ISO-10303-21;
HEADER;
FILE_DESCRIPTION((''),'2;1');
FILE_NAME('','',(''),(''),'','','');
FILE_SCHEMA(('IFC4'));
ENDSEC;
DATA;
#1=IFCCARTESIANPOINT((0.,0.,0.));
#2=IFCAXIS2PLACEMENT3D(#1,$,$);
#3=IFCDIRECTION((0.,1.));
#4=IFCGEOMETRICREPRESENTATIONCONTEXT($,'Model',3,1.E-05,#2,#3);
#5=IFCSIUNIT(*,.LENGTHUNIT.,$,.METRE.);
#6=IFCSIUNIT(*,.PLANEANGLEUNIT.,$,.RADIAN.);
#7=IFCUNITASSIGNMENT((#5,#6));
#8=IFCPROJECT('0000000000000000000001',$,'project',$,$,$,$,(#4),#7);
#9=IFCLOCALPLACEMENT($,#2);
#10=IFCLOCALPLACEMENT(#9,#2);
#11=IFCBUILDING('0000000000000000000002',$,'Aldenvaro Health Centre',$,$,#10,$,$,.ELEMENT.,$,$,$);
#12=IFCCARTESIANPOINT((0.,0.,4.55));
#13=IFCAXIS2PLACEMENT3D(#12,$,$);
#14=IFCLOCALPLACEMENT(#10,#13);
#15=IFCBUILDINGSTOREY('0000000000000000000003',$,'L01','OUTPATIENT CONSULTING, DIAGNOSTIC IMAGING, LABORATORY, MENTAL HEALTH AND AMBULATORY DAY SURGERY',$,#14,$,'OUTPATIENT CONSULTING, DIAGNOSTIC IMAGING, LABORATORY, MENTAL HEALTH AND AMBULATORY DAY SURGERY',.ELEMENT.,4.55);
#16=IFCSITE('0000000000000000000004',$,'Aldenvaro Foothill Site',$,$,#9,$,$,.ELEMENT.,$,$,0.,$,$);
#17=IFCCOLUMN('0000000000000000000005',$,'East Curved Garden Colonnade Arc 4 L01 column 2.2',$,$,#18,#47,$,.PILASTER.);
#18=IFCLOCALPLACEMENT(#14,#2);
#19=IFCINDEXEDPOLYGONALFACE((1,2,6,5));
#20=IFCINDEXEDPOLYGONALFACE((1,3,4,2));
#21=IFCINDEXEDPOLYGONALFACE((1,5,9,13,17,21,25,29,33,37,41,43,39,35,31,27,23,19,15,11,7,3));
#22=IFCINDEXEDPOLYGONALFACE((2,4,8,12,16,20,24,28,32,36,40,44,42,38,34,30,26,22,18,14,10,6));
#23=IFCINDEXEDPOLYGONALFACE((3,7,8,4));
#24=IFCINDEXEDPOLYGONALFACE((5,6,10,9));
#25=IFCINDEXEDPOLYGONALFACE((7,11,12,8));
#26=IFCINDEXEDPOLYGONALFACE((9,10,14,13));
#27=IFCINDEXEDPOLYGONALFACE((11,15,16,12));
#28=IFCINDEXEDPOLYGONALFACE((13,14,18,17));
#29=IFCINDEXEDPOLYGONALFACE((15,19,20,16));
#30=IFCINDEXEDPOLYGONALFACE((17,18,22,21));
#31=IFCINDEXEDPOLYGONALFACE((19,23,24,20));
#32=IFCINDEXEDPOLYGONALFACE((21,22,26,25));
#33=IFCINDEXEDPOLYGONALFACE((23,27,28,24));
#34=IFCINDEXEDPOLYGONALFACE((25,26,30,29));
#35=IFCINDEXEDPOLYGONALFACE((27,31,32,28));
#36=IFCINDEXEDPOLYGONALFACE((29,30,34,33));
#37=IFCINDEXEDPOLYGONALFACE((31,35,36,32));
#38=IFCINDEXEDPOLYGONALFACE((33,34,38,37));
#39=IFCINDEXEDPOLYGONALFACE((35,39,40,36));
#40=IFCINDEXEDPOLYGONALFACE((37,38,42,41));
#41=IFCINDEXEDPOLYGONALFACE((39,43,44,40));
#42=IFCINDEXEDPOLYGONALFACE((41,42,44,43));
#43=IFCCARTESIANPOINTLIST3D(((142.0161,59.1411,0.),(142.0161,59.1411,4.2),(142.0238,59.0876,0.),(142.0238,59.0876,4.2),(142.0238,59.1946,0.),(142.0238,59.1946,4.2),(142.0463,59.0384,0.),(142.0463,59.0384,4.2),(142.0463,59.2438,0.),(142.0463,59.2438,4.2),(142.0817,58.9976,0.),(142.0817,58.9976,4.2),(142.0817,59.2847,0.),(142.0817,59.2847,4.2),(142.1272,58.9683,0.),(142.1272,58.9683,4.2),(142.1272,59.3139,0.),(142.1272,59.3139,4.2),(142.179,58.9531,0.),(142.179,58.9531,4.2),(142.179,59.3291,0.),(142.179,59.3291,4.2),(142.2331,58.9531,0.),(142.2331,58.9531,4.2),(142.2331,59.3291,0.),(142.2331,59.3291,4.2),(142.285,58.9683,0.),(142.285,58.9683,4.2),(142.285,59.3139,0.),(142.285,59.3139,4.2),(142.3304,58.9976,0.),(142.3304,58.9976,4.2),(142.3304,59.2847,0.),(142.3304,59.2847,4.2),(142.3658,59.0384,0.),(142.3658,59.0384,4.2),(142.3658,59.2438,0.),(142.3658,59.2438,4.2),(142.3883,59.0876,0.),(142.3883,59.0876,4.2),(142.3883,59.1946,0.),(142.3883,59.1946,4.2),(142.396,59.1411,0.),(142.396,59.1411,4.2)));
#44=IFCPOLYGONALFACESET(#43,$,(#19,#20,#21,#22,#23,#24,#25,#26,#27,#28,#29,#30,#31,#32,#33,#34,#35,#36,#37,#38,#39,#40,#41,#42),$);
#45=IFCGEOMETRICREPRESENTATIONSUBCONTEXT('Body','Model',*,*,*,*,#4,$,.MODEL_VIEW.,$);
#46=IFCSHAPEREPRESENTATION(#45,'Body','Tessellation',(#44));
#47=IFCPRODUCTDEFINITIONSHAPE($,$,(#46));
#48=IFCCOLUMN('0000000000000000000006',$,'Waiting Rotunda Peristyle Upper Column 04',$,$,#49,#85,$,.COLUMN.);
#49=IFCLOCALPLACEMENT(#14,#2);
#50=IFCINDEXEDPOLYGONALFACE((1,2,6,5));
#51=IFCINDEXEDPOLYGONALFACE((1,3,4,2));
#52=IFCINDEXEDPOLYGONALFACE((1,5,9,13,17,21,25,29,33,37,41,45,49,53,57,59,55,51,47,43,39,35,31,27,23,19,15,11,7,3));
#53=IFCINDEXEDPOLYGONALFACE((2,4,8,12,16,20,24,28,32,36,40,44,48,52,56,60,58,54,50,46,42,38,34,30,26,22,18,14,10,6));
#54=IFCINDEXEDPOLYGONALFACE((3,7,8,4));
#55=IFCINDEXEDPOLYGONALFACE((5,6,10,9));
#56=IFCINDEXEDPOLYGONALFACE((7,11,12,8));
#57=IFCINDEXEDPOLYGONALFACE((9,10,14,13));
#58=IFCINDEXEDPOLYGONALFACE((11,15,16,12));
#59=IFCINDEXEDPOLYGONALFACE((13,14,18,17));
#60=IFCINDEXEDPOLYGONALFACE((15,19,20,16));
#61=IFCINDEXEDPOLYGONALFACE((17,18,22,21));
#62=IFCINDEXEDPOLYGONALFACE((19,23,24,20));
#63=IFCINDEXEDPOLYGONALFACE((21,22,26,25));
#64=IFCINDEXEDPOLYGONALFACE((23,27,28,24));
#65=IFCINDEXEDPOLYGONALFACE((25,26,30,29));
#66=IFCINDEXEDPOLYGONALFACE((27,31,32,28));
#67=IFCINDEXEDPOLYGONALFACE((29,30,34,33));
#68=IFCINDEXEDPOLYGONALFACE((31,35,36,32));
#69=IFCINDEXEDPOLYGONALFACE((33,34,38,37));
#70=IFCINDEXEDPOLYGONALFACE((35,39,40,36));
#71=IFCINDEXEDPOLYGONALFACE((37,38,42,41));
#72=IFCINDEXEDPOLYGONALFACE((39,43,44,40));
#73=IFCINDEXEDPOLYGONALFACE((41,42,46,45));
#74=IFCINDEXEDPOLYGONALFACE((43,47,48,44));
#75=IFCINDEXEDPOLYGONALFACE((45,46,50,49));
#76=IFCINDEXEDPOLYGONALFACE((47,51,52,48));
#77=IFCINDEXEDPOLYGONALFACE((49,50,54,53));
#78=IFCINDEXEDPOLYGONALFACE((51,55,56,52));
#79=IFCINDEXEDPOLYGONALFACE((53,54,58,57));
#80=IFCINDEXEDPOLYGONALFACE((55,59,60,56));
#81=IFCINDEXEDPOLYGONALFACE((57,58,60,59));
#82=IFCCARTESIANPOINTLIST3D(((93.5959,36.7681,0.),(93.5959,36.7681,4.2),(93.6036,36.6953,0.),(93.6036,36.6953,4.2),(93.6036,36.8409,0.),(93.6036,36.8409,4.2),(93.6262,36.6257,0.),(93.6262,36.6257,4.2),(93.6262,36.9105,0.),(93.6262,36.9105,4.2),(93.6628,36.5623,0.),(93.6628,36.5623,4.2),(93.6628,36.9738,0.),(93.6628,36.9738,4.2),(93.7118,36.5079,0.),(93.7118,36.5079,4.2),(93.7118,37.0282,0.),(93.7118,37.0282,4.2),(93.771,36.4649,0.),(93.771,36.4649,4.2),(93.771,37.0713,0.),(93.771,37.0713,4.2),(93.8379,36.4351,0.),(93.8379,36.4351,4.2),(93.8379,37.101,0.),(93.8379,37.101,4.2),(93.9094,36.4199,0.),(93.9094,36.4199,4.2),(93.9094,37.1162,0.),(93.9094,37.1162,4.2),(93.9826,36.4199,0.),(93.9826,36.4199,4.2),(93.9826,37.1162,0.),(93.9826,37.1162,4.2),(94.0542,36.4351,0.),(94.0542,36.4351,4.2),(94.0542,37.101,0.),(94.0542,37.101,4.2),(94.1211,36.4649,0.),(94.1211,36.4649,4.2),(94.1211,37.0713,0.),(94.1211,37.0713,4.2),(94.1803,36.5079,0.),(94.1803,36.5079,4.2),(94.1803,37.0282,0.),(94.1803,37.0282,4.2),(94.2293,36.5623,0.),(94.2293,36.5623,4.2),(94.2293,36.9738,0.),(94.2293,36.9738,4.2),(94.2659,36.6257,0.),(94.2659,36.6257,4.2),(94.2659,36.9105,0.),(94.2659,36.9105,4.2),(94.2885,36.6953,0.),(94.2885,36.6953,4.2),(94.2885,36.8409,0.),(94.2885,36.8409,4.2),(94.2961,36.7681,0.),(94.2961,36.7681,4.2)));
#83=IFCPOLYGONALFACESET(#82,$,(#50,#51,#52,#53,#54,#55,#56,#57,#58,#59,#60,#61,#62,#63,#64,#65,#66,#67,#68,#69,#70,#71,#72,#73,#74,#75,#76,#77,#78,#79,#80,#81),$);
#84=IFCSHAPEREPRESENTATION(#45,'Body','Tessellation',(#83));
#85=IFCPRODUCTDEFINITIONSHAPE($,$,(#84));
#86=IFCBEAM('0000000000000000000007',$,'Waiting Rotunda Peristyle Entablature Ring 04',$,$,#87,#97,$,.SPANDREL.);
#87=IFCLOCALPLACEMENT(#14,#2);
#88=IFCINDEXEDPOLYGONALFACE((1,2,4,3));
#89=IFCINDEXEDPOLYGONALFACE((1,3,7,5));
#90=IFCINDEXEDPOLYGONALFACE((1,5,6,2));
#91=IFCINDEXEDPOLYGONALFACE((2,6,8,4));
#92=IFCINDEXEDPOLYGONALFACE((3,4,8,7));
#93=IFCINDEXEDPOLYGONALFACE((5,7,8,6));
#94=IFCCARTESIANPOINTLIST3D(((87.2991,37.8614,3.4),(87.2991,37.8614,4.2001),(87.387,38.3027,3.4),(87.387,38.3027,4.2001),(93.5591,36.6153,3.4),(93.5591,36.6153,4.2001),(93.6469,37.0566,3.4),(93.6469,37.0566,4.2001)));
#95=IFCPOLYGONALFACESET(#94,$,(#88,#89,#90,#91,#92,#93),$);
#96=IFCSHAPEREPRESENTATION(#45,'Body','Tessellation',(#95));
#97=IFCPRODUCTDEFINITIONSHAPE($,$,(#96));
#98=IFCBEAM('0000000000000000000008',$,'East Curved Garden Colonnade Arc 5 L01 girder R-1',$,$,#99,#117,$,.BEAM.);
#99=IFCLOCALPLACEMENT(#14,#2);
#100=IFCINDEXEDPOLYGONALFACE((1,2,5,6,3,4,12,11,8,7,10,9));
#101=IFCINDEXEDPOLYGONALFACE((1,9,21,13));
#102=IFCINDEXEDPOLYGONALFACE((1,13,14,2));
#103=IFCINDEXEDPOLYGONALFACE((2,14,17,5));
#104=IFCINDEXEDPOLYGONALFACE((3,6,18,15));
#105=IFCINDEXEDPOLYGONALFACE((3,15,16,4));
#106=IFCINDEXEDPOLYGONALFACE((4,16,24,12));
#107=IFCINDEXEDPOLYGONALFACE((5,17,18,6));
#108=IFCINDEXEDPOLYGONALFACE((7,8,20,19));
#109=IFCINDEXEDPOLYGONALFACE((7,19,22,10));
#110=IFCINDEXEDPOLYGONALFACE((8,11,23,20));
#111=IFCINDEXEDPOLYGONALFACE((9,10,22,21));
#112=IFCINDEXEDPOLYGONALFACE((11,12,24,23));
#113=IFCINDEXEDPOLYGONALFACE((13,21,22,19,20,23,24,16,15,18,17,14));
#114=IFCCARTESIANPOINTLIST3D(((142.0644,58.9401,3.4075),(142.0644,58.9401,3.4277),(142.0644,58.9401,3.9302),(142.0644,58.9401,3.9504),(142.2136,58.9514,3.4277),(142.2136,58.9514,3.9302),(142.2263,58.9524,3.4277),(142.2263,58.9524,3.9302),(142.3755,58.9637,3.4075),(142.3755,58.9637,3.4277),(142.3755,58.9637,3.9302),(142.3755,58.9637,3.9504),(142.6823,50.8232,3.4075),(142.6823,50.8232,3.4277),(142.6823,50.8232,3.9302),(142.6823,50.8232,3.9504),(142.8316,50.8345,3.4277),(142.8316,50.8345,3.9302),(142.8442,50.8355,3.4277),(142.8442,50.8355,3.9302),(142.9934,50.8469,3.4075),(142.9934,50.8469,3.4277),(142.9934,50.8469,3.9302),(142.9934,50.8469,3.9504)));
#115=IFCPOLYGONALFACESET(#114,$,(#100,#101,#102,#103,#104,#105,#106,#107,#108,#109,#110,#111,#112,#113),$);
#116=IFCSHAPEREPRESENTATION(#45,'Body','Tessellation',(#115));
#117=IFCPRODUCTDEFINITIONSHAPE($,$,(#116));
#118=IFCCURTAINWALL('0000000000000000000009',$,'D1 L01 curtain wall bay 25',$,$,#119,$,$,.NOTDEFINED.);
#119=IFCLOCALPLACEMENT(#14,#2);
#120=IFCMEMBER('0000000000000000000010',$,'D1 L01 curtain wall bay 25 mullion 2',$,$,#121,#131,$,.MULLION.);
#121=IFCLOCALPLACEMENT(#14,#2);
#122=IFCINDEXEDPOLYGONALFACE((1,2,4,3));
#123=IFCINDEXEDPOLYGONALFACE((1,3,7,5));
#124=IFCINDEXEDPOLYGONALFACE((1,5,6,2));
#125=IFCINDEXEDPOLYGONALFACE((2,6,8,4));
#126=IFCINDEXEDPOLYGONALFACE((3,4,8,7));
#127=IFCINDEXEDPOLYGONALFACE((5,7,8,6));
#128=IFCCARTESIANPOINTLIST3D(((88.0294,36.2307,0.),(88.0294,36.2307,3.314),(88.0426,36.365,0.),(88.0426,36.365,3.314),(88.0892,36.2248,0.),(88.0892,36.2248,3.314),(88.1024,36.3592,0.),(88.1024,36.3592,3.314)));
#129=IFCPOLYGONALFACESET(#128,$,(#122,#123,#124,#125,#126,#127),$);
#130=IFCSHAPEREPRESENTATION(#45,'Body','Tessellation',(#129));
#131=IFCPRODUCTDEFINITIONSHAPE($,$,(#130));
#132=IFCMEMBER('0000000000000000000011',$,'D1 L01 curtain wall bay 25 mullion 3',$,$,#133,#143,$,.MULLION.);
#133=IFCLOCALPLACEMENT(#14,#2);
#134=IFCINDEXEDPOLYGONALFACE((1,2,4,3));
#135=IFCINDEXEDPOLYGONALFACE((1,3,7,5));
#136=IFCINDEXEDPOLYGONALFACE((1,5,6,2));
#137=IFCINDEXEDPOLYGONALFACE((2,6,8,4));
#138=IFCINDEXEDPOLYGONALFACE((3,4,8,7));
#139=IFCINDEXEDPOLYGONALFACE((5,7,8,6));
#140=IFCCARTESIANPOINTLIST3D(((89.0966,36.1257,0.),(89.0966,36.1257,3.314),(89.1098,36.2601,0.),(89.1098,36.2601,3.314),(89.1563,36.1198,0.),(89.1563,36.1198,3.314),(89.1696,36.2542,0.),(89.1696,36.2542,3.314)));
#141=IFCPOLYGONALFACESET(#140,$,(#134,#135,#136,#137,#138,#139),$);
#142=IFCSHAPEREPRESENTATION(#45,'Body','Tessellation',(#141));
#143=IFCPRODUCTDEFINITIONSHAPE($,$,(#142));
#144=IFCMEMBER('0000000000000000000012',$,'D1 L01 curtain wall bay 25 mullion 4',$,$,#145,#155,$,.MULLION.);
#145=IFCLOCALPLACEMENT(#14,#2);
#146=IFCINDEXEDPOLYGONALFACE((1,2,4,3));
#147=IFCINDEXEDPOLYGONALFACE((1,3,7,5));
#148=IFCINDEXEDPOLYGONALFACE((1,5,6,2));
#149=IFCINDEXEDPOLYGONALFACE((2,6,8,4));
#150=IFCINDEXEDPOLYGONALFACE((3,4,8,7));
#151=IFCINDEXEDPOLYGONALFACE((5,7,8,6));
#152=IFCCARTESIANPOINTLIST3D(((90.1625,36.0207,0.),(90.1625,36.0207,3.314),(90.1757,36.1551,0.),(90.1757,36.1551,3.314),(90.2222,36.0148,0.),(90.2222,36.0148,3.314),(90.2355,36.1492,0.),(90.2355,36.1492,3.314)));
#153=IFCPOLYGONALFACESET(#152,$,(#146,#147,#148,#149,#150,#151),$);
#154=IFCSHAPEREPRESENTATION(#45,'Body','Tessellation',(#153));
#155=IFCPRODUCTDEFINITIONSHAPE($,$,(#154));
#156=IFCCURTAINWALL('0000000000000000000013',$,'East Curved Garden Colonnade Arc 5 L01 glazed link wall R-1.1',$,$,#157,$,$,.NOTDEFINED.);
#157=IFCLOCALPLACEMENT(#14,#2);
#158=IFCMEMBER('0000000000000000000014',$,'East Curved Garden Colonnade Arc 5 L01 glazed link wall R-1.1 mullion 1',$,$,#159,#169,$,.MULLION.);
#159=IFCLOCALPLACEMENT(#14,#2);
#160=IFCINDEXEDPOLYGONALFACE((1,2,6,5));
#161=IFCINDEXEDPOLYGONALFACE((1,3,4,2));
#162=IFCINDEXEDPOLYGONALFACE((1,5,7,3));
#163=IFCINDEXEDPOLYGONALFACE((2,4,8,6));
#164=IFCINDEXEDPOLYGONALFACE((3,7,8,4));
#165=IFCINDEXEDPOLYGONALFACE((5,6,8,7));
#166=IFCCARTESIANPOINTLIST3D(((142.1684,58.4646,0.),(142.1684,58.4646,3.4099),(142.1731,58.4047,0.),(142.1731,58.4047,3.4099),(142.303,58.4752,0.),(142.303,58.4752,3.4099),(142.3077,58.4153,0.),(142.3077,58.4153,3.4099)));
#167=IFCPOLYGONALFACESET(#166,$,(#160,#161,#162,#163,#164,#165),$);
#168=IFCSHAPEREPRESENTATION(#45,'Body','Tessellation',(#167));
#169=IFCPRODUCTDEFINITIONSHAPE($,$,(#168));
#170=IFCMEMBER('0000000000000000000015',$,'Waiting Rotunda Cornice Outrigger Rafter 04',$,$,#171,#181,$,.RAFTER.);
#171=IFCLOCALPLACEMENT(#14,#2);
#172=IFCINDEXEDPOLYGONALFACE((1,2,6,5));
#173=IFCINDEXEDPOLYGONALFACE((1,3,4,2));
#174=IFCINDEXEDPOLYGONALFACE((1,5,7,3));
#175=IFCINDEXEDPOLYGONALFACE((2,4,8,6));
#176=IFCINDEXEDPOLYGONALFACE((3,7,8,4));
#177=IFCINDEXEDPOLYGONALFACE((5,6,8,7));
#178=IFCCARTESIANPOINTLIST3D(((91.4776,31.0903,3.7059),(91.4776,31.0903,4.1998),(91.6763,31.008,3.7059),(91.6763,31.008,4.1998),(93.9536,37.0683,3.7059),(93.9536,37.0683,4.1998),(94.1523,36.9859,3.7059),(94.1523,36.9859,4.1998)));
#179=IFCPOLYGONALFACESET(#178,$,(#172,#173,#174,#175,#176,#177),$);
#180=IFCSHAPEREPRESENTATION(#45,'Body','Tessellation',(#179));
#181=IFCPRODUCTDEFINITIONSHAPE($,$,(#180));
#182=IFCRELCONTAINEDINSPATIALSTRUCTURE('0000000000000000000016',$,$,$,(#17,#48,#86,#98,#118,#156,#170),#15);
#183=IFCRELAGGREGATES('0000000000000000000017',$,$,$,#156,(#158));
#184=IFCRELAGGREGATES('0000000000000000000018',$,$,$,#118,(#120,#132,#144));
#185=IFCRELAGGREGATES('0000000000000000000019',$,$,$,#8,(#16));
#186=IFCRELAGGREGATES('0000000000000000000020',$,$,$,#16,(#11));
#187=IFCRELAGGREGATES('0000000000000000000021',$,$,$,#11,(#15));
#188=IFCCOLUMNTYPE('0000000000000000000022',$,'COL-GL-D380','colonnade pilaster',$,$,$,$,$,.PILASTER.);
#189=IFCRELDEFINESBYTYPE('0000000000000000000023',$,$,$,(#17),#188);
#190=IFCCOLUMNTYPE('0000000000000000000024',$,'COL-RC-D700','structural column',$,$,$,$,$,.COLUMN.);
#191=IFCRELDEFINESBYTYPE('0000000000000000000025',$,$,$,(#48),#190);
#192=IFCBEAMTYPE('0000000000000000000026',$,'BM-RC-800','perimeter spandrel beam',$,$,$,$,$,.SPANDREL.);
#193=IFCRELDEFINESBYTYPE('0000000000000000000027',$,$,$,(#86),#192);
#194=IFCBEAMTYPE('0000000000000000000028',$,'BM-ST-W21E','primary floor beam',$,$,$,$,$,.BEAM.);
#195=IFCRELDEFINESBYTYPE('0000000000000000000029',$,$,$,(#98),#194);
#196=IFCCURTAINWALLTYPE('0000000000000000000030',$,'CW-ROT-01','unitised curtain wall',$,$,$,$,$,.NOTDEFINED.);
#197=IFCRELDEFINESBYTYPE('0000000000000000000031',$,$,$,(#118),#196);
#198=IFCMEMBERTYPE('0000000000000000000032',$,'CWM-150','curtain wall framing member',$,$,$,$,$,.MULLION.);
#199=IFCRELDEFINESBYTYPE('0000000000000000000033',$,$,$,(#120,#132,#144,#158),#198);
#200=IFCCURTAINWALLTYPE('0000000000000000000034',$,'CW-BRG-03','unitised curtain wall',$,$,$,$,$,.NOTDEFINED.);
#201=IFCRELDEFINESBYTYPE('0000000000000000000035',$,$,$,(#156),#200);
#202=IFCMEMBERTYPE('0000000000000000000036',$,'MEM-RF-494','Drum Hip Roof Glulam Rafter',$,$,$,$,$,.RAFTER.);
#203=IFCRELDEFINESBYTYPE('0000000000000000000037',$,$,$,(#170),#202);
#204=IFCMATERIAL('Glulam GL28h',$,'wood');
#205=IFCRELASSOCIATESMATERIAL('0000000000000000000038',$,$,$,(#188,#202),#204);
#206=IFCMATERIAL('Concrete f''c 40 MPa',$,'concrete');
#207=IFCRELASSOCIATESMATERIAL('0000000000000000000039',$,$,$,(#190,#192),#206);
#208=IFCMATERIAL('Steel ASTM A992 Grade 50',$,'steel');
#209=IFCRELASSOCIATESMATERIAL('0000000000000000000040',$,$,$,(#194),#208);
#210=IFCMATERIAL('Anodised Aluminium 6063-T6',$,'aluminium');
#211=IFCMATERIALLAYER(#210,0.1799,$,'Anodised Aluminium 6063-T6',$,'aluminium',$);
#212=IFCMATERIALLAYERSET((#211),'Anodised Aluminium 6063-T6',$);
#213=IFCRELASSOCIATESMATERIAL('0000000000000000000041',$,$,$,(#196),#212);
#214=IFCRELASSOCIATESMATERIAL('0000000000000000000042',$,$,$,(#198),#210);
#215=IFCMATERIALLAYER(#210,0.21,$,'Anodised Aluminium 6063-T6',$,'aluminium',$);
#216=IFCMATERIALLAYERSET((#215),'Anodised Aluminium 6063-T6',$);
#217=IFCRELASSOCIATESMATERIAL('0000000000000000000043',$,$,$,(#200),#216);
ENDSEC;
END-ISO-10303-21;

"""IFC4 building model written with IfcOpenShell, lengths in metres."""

from ifc_helpers import new_model, si_unit, direction, frame, origin, origin_2d, place, context, subcontext, project, spatial, rectangle, circle, i_section, extrude, material, layer, layer_set, material_profile, profile_set, type_object, element, aggregate, save


model = new_model("IFC4")

# Units and contexts
model_context = context("Model", 3, precision=1e-05, world=origin(), true_north=direction((0.0, 1.0)))
body_context = subcontext(model_context, "Body", "Model", "MODEL_VIEW")
ifc_project = project(units=[si_unit("LENGTHUNIT", "METRE"), si_unit("PLANEANGLEUNIT", "RADIAN")], contexts=[model_context])

# Site, building, storey
site_placement = place(None, origin())
site = spatial("IfcSite", under=ifc_project, at=site_placement, Name="Aldenvaro Foothill Site", CompositionType="ELEMENT", RefElevation=0.0)
building_placement = place(site_placement, origin())
building = spatial("IfcBuilding", under=site, at=building_placement, Name="Aldenvaro Health Centre", CompositionType="ELEMENT")
storey_placement = place(building_placement, frame((0.0, 0.0, 4.55)))
storey = spatial("IfcBuildingStorey", under=building, at=storey_placement, Name="L01", Description="OUTPATIENT CONSULTING, DIAGNOSTIC IMAGING, LABORATORY, MENTAL HEALTH AND AMBULATORY DAY SURGERY", LongName="OUTPATIENT CONSULTING, DIAGNOSTIC IMAGING, LABORATORY, MENTAL HEALTH AND AMBULATORY DAY SURGERY", CompositionType="ELEMENT", Elevation=4.55)

# Columns
ifc_material_1 = material(Name="Glulam GL28h", Category="wood")
ifc_material_profile_1 = material_profile(ifc_material_1, circle(Radius=0.1899, at=origin_2d()), Name="GL D380", Category="wood")
ifc_profile_set_1 = profile_set([ifc_material_profile_1], Name="Glulam GL28h")
column_type_1 = type_object("IfcColumnType", Name="COL-GL-D380", Description="colonnade pilaster", PredefinedType="PILASTER", material=ifc_profile_set_1)
column_1_placement = place(storey_placement, frame((142.2061, 59.1411, 0.0), z_axis=(0.0, 0.0, 1.0), x_axis=(1.0, 0.0, 0.0)))
element("IfcColumn", 1, at=column_1_placement, inside=storey, type_object=column_type_1, Name="East Curved Garden Colonnade Arc 4 L01 column 2.2", PredefinedType="PILASTER", context=body_context, shape_type="SweptSolid", body=[
    extrude(circle(Radius=0.1899, at=origin_2d()), origin(), (0.0, 0.0, 1.0), 4.2),
])
ifc_material_2 = material(Name="Concrete f'c 40 MPa", Category="concrete")
ifc_material_profile_2 = material_profile(ifc_material_2, circle(Radius=0.3501, at=origin_2d()), Name="RC D700", Category="concrete")
ifc_profile_set_2 = profile_set([ifc_material_profile_2], Name="Concrete f'c 40 MPa")
column_type_2 = type_object("IfcColumnType", Name="COL-RC-D700", Description="structural column", PredefinedType="COLUMN", material=ifc_profile_set_2)
column_2_placement = place(storey_placement, frame((93.946, 36.7681, 0.0), z_axis=(0.0, 0.0, 1.0), x_axis=(1.0, 0.0, 0.0)))
element("IfcColumn", 2, at=column_2_placement, inside=storey, type_object=column_type_2, Name="Waiting Rotunda Peristyle Upper Column 04", PredefinedType="COLUMN", context=body_context, shape_type="SweptSolid", body=[
    extrude(circle(Radius=0.3501, at=origin_2d()), origin(), (0.0, 0.0, 1.0), 4.2),
])

# Beams
ifc_material_profile_3 = material_profile(ifc_material_2, rectangle(XDim=0.45, YDim=0.8, at=origin_2d()), Name="RC 450x800", Category="concrete")
ifc_profile_set_3 = profile_set([ifc_material_profile_3], Name="Concrete f'c 40 MPa")
beam_type_1 = type_object("IfcBeamType", Name="BM-RC-800", Description="perimeter spandrel beam", PredefinedType="SPANDREL", material=ifc_profile_set_3)
beam_1_placement = place(storey_placement, frame((93.603, 36.8359, 3.8), z_axis=(-0.980758, 0.195226, 0.0), x_axis=(-0.195226, -0.980758, 0.0)))
element("IfcBeam", 3, at=beam_1_placement, inside=storey, type_object=beam_type_1, Name="Waiting Rotunda Peristyle Entablature Ring 04", PredefinedType="SPANDREL", context=body_context, shape_type="SweptSolid", body=[
    extrude(rectangle(XDim=0.45, YDim=0.8, at=origin_2d()), origin(), (0.0, 0.0, 1.0), 6.3828),
])
ifc_material_3 = material(Name="Steel ASTM A992 Grade 50", Category="steel")
ifc_material_profile_4 = material_profile(ifc_material_3, i_section(OverallWidth=0.312, OverallDepth=0.543, WebThickness=0.0127, FlangeThickness=0.0203, at=origin_2d()), Name="W21X101", Category="steel")
ifc_profile_set_4 = profile_set([ifc_material_profile_4], Name="Steel ASTM A992 Grade 50")
beam_type_2 = type_object("IfcBeamType", Name="BM-ST-W21E", Description="primary floor beam", PredefinedType="BEAM", material=ifc_profile_set_4)
beam_2_placement = place(storey_placement, frame((142.22, 58.9519, 3.679), z_axis=(0.075908, -0.997115, 0.0), x_axis=(0.997115, 0.075908, 0.0)))
element("IfcBeam", 4, at=beam_2_placement, inside=storey, type_object=beam_type_2, Name="East Curved Garden Colonnade Arc 5 L01 girder R-1", PredefinedType="BEAM", context=body_context, shape_type="SweptSolid", body=[
    extrude(i_section(OverallWidth=0.312, OverallDepth=0.543, WebThickness=0.0127, FlangeThickness=0.0203, at=origin_2d()), origin(), (0.0, 0.0, 1.0), 8.1404),
])

# Curtain wall, members
ifc_material_4 = material(Name="Anodised Aluminium 6063-T6", Category="aluminium")
ifc_layer_1 = layer(ifc_material_4, 0.1799, Name="Anodised Aluminium 6063-T6", Category="aluminium")
ifc_layer_set_1 = layer_set([ifc_layer_1], Name="Anodised Aluminium 6063-T6")
curtain_wall_type_1 = type_object("IfcCurtainWallType", Name="CW-ROT-01", Description="unitised curtain wall", PredefinedType="NOTDEFINED", material=ifc_layer_set_1)
curtain_wall_1_placement = place(storey_placement, origin())
curtain_wall_1 = element("IfcCurtainWall", 5, at=curtain_wall_1_placement, inside=storey, type_object=curtain_wall_type_1, Name="D1 L01 curtain wall bay 25", PredefinedType="NOTDEFINED")
ifc_material_profile_5 = material_profile(ifc_material_4, rectangle(XDim=0.0601, YDim=0.135, at=origin_2d()), Name="ALU 60x135", Category="aluminium")
ifc_profile_set_5 = profile_set([ifc_material_profile_5], Name="Anodised Aluminium 6063-T6")
member_type_1 = type_object("IfcMemberType", Name="CWM-150", Description="curtain wall framing member", PredefinedType="MULLION", material=ifc_profile_set_5)
member_1_placement = place(storey_placement, frame((88.0659, 36.2949, 0.0), z_axis=(0.0, 0.0, 1.0), x_axis=(0.995187, -0.097994, 0.0)))
member_1 = element("IfcMember", 6, at=member_1_placement, type_object=member_type_1, Name="D1 L01 curtain wall bay 25 mullion 2", PredefinedType="MULLION", context=body_context, shape_type="SweptSolid", body=[
    extrude(rectangle(XDim=0.0601, YDim=0.135, at=origin_2d()), origin(), (0.0, 0.0, 1.0), 3.314),
])
member_2_placement = place(storey_placement, frame((89.1331, 36.1899, 0.0), z_axis=(0.0, 0.0, 1.0), x_axis=(0.995187, -0.097994, 0.0)))
member_2 = element("IfcMember", 7, at=member_2_placement, type_object=member_type_1, Name="D1 L01 curtain wall bay 25 mullion 3", PredefinedType="MULLION", context=body_context, shape_type="SweptSolid", body=[
    extrude(rectangle(XDim=0.0601, YDim=0.135, at=origin_2d()), origin(), (0.0, 0.0, 1.0), 3.314),
])
member_3_placement = place(storey_placement, frame((90.199, 36.085, 0.0), z_axis=(0.0, 0.0, 1.0), x_axis=(0.995187, -0.097994, 0.0)))
member_3 = element("IfcMember", 8, at=member_3_placement, type_object=member_type_1, Name="D1 L01 curtain wall bay 25 mullion 4", PredefinedType="MULLION", context=body_context, shape_type="SweptSolid", body=[
    extrude(rectangle(XDim=0.0601, YDim=0.135, at=origin_2d()), origin(), (0.0, 0.0, 1.0), 3.314),
])

# Curtain wall, member
ifc_layer_2 = layer(ifc_material_4, 0.21, Name="Anodised Aluminium 6063-T6", Category="aluminium")
ifc_layer_set_2 = layer_set([ifc_layer_2], Name="Anodised Aluminium 6063-T6")
curtain_wall_type_2 = type_object("IfcCurtainWallType", Name="CW-BRG-03", Description="unitised curtain wall", PredefinedType="NOTDEFINED", material=ifc_layer_set_2)
curtain_wall_2_placement = place(storey_placement, origin())
curtain_wall_2 = element("IfcCurtainWall", 9, at=curtain_wall_2_placement, inside=storey, type_object=curtain_wall_type_2, Name="East Curved Garden Colonnade Arc 5 L01 glazed link wall R-1.1", PredefinedType="NOTDEFINED")
member_4_placement = place(storey_placement, frame((142.238, 58.4399, 0.0), z_axis=(0.0, 0.0, 1.0), x_axis=(0.078536, -0.996911, 0.0)))
member_4 = element("IfcMember", 10, at=member_4_placement, type_object=member_type_1, Name="East Curved Garden Colonnade Arc 5 L01 glazed link wall R-1.1 mullion 1", PredefinedType="MULLION", context=body_context, shape_type="SweptSolid", body=[
    extrude(rectangle(XDim=0.0601, YDim=0.135, at=origin_2d()), origin(), (0.0, 0.0, 1.0), 3.4099),
])
aggregate(curtain_wall_2, [member_4])

# Member
ifc_material_profile_6 = material_profile(ifc_material_1, rectangle(XDim=0.2151, YDim=0.4939, at=origin_2d()), Name="GL 215x494", Category="wood")
ifc_profile_set_6 = profile_set([ifc_material_profile_6], Name="Glulam GL28h")
member_type_2 = type_object("IfcMemberType", Name="MEM-RF-494", Description="Drum Hip Roof Glulam Rafter", PredefinedType="RAFTER", material=ifc_profile_set_6)
member_5_placement = place(storey_placement, frame((94.053, 37.0271, 3.9529), z_axis=(-0.382669, -0.923885, 0.0), x_axis=(0.923885, -0.382669, 0.0)))
element("IfcMember", 11, at=member_5_placement, inside=storey, type_object=member_type_2, Name="Waiting Rotunda Cornice Outrigger Rafter 04", PredefinedType="RAFTER", context=body_context, shape_type="SweptSolid", body=[
    extrude(rectangle(XDim=0.2151, YDim=0.4939, at=origin_2d()), origin(), (0.0, 0.0, 1.0), 6.4705),
])

aggregate(curtain_wall_1, [member_1, member_2, member_3])

save(model, "model.ifc")
